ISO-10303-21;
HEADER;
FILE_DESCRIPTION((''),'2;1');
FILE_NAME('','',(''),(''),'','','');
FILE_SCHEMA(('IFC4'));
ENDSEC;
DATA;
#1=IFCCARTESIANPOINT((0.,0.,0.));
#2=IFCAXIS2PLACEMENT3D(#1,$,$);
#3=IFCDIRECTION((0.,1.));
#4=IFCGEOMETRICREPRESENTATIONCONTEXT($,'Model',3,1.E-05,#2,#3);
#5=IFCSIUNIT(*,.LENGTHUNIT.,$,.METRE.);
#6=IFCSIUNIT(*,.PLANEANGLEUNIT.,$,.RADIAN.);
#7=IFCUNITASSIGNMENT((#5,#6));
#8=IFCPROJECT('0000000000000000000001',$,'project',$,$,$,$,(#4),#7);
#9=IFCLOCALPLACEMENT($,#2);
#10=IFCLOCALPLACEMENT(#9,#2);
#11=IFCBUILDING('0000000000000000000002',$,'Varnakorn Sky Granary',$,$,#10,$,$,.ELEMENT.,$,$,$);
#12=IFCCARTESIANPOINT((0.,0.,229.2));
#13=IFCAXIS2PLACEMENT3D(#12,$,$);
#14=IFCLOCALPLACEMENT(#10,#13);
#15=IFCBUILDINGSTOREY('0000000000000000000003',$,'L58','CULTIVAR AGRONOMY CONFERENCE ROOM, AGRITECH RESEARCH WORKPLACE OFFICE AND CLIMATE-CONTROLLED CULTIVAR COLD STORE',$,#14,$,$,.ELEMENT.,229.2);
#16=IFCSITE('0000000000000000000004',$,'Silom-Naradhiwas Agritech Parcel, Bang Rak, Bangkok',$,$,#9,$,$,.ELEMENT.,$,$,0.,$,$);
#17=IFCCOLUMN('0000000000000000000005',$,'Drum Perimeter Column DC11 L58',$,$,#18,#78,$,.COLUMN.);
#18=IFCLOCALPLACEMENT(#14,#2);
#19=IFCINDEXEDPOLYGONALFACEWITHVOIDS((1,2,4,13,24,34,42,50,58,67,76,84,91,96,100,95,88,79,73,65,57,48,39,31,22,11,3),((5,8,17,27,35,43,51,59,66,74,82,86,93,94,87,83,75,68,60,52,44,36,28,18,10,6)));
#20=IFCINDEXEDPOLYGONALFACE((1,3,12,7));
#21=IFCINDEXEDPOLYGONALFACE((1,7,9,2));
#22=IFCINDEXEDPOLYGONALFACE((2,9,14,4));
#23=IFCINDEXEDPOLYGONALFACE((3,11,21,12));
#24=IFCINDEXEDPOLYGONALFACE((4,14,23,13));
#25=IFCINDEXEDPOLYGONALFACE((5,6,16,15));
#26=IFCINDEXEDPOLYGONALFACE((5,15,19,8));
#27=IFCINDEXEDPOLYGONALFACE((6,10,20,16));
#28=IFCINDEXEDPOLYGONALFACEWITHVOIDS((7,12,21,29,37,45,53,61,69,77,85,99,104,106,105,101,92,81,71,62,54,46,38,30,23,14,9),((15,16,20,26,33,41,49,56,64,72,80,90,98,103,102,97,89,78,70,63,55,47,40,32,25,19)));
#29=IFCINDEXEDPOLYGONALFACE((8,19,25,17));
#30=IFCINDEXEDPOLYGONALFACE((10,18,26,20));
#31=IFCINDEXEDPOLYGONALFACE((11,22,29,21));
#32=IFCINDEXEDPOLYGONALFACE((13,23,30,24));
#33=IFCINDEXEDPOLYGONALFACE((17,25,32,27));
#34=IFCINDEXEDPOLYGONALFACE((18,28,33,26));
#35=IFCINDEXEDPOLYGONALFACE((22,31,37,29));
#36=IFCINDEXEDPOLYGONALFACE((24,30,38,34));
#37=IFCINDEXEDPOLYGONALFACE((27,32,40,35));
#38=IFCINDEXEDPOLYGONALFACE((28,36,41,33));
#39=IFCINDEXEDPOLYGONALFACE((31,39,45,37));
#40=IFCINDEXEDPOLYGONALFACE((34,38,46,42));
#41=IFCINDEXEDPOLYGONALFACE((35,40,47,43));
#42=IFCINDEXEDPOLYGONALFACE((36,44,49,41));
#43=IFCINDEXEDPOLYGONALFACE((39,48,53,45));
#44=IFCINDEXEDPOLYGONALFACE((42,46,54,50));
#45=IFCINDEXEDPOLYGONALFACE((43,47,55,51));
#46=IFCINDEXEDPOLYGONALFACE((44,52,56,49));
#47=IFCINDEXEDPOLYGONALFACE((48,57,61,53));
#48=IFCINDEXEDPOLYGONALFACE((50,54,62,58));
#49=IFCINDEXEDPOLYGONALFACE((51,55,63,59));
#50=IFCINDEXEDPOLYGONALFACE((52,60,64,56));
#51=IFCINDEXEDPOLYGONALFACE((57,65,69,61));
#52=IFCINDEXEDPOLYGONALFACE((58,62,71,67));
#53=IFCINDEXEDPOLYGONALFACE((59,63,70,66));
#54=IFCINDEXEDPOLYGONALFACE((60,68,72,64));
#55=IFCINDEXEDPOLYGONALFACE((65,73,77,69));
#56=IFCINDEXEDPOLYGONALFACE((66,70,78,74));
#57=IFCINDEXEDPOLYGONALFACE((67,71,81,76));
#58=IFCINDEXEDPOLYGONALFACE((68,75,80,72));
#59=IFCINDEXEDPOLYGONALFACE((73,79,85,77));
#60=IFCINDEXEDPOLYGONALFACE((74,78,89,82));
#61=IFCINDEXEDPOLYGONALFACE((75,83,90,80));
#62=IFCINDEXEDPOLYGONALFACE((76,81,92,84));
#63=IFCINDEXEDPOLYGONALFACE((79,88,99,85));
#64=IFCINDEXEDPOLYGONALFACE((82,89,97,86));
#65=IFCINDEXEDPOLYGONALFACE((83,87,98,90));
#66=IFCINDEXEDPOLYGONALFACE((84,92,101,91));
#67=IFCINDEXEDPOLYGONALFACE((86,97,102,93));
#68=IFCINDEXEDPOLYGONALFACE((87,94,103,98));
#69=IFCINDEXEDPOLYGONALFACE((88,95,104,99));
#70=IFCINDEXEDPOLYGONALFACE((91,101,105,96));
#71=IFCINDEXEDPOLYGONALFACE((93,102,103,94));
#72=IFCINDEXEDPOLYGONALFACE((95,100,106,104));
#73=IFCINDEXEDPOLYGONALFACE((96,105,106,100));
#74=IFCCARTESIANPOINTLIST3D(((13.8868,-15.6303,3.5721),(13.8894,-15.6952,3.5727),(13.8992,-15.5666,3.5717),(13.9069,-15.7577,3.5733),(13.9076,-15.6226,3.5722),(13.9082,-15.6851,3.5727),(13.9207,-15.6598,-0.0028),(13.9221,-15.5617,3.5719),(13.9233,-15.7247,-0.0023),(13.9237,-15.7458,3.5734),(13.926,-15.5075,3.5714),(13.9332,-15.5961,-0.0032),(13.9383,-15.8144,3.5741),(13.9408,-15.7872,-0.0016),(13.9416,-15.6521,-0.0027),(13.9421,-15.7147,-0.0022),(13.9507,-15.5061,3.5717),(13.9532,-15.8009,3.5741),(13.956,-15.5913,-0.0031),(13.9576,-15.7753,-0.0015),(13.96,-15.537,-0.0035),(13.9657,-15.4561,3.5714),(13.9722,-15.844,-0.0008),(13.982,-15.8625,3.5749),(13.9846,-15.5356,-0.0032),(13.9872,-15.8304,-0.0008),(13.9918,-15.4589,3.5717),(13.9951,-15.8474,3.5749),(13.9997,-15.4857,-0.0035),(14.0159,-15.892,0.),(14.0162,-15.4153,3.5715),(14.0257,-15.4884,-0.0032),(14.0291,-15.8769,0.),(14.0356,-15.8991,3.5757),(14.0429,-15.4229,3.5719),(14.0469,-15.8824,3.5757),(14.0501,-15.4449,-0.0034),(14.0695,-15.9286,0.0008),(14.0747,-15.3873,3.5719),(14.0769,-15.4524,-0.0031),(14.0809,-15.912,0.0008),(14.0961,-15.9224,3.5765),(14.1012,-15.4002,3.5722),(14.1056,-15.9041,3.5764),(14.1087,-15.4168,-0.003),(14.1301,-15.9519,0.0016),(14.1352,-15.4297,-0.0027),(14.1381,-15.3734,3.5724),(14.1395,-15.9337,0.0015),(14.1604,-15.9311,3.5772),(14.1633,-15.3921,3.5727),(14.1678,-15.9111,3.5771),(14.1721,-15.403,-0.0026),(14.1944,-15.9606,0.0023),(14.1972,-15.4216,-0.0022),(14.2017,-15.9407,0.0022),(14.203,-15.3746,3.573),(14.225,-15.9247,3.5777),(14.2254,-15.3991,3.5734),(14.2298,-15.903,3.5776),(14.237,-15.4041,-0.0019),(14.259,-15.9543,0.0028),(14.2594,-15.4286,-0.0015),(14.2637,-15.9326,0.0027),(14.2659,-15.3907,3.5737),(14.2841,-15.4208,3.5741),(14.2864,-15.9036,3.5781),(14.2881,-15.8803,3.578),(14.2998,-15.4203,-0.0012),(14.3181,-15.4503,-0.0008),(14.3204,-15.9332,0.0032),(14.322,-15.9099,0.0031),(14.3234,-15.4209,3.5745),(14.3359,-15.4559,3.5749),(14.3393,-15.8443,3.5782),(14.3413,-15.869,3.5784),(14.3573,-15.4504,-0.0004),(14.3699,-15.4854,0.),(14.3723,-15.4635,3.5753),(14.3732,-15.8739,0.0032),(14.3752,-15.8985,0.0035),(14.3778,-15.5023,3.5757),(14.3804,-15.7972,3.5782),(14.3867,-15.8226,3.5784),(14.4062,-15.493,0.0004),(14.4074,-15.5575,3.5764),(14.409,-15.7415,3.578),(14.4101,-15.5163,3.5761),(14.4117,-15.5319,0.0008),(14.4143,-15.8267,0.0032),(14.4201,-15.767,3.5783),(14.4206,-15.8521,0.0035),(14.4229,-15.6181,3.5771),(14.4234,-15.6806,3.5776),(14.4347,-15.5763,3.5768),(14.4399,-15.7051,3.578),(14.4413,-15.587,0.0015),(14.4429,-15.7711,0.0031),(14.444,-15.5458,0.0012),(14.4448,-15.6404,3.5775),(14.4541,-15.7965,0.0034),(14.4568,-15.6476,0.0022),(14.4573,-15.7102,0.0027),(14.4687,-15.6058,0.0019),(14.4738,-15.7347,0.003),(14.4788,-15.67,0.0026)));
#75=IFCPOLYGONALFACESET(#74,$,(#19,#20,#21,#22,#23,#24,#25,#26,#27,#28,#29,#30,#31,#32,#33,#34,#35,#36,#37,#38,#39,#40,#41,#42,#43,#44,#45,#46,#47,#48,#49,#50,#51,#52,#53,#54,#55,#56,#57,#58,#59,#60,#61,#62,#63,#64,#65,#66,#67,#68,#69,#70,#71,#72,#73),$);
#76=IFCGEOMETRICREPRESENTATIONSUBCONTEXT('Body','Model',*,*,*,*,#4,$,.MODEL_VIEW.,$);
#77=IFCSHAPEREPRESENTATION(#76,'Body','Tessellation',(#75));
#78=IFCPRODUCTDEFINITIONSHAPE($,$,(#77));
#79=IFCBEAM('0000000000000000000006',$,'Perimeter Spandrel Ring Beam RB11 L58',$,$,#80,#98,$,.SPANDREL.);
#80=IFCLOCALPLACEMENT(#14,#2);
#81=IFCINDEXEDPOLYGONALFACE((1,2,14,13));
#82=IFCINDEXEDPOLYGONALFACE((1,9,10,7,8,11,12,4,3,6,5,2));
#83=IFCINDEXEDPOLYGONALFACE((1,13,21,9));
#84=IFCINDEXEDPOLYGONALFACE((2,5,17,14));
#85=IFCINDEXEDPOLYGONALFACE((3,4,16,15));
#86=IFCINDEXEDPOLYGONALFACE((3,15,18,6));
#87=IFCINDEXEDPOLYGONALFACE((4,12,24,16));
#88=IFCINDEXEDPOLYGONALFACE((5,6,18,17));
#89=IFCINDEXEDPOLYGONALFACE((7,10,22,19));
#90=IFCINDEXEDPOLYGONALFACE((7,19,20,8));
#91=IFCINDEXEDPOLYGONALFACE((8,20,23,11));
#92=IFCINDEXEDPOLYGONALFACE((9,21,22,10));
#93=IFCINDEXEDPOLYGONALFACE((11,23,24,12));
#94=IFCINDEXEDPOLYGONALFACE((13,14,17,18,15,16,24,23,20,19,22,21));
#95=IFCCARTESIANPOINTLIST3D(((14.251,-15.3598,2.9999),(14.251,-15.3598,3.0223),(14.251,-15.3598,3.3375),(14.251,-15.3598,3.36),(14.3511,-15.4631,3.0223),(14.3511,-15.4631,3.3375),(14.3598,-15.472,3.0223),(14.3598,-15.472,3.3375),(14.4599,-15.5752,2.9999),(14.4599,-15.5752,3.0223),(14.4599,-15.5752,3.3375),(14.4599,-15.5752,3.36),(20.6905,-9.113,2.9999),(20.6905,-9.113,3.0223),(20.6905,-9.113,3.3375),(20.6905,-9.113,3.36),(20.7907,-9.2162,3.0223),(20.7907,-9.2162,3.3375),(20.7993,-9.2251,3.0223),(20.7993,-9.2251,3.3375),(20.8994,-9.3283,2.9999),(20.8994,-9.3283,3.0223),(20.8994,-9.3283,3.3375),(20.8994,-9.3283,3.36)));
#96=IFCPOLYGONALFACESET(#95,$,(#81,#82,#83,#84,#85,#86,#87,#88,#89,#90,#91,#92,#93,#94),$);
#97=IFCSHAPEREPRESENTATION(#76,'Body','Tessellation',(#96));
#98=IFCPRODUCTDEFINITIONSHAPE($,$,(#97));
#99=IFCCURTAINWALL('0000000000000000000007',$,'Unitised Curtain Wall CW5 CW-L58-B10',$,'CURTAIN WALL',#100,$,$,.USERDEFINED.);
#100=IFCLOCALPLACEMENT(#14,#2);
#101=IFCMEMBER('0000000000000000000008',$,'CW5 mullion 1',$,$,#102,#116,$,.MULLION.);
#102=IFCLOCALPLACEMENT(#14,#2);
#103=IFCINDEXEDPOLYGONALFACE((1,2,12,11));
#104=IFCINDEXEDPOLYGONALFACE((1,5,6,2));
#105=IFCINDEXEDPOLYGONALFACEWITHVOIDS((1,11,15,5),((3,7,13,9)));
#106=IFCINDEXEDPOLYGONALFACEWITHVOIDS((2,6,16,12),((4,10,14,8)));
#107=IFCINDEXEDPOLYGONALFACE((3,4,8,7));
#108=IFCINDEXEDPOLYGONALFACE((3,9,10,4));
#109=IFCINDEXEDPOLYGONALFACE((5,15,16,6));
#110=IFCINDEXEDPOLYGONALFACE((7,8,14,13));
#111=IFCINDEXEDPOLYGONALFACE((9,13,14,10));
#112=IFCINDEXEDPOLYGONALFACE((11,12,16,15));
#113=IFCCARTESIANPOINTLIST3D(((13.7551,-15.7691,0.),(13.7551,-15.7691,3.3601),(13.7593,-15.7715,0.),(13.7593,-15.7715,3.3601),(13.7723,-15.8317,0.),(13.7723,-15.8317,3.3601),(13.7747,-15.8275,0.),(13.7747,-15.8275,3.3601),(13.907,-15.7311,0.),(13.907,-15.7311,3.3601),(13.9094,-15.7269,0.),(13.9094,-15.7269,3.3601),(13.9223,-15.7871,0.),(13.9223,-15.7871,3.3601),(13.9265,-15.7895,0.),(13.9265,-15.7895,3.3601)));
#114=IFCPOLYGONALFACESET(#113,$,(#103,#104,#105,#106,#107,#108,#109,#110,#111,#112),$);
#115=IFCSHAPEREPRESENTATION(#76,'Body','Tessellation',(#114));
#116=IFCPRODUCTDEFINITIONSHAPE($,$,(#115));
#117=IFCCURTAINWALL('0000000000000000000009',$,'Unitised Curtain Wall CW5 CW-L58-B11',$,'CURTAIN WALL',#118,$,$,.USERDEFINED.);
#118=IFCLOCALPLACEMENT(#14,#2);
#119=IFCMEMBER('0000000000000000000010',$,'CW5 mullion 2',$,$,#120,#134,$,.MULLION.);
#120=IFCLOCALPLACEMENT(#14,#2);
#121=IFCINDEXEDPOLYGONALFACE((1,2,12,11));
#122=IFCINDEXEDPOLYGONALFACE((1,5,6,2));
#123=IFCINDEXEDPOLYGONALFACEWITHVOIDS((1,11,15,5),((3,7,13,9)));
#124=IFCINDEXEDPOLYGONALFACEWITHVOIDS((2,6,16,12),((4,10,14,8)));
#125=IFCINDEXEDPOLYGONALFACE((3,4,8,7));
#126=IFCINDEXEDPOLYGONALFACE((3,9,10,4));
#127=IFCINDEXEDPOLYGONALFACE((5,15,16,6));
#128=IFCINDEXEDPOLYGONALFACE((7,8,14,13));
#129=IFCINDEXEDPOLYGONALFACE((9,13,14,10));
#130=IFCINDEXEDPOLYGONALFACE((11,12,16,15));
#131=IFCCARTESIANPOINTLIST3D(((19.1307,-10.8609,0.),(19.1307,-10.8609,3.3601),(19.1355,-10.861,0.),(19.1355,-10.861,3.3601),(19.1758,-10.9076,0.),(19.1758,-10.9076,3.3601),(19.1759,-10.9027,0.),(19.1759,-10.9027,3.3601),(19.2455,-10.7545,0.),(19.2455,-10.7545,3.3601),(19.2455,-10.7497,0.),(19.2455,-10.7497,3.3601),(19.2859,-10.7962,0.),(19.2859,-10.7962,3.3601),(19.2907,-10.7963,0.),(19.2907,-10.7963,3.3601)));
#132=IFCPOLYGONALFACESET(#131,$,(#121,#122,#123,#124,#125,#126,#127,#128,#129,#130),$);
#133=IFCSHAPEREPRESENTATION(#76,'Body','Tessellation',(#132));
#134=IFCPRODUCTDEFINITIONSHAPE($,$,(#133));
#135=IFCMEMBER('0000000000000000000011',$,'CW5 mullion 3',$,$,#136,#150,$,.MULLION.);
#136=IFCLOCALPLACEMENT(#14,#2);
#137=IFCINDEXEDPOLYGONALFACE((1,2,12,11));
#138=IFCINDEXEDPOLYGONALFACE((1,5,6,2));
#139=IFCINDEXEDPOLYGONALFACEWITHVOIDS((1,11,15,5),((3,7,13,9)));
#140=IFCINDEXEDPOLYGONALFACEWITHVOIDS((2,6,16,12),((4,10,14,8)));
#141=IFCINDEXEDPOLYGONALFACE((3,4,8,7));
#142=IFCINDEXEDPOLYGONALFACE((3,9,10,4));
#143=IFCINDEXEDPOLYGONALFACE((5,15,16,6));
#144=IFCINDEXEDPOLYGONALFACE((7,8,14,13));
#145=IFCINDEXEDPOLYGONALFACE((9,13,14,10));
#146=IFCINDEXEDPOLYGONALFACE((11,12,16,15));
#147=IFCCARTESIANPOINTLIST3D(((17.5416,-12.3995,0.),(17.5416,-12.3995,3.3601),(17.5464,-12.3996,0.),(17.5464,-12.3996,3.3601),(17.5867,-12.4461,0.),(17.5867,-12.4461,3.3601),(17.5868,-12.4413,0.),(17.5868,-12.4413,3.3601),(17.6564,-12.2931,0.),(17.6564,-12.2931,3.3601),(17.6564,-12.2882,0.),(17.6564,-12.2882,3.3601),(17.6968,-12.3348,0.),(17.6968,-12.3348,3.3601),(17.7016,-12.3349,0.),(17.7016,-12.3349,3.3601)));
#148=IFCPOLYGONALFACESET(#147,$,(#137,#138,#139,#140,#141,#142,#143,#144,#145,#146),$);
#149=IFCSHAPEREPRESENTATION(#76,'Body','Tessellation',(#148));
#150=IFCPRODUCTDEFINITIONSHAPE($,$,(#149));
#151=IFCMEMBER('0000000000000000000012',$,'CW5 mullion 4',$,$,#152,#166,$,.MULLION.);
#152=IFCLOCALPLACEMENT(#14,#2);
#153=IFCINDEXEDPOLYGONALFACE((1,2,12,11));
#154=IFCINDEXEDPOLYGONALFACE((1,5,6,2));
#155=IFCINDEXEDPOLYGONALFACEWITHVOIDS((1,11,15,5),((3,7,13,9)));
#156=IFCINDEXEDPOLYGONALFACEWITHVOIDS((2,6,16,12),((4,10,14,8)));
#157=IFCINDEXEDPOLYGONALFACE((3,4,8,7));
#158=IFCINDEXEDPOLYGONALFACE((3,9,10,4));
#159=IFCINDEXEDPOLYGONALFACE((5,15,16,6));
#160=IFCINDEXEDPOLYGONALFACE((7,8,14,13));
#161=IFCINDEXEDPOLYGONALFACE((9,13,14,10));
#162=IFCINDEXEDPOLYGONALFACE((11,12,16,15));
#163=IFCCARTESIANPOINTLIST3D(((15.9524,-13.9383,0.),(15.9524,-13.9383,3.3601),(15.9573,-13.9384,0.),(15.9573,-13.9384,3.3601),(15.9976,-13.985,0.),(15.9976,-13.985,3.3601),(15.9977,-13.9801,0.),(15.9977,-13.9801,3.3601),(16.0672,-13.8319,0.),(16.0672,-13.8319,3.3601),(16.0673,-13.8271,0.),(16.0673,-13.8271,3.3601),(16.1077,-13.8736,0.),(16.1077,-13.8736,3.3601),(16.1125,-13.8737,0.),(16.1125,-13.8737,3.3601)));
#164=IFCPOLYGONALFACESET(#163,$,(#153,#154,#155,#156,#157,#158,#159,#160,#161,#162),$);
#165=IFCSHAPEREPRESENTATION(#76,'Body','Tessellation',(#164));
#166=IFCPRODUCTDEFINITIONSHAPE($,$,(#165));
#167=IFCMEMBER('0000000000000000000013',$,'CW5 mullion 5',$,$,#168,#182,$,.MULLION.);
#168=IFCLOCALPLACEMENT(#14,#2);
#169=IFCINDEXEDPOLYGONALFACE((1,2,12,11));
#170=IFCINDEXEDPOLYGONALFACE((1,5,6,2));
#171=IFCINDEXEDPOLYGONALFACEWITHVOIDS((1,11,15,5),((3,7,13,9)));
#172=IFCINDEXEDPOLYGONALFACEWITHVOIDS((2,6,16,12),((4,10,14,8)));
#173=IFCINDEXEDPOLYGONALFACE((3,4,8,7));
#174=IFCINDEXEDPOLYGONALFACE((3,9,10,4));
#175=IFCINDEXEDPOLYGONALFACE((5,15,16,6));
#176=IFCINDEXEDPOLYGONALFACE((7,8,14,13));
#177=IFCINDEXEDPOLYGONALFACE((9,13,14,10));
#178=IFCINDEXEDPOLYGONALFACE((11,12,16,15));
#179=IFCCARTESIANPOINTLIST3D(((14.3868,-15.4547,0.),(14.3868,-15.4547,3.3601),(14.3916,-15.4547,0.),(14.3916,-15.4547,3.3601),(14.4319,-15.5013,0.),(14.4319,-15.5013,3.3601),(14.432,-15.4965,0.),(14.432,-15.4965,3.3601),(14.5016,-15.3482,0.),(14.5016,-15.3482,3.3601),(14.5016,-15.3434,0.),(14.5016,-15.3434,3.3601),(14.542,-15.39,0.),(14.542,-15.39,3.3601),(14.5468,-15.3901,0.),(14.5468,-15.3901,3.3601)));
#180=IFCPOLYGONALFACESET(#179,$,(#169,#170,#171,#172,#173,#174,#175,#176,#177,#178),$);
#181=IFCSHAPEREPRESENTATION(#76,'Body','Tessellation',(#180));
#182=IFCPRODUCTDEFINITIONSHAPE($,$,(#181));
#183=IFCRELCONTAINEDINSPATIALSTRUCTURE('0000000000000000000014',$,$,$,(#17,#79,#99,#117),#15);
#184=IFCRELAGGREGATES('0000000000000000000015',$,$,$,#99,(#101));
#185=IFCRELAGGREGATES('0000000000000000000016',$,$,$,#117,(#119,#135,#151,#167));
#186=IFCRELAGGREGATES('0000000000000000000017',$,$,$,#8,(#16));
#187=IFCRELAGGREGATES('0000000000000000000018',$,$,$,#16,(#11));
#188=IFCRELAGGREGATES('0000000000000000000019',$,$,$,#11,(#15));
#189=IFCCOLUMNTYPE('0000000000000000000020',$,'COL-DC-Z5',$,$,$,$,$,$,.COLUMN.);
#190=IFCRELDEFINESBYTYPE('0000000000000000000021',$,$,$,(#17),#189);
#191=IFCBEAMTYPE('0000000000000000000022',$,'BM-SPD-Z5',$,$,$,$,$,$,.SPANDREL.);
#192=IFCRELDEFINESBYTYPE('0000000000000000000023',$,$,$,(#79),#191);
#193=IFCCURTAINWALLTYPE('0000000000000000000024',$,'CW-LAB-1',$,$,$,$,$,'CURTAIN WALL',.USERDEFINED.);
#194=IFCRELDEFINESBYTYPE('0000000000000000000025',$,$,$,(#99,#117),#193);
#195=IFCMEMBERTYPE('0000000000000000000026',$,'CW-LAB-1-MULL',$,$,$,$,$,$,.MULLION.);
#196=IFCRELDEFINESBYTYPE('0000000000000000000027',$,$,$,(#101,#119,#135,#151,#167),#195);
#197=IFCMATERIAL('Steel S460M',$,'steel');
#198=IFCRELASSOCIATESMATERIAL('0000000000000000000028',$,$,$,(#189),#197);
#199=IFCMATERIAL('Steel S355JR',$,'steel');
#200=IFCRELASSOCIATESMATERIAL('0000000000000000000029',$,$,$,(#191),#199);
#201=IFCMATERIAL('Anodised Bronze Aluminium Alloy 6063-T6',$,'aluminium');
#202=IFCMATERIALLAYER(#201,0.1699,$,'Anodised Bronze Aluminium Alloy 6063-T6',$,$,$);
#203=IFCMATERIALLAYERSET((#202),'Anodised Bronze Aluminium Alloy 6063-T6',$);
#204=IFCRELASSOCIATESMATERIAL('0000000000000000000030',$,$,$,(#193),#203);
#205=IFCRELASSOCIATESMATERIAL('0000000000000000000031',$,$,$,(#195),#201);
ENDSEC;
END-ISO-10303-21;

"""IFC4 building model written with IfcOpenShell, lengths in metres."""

from ifc_helpers import new_model, si_unit, direction, frame, origin, origin_2d, place, context, subcontext, project, spatial, hollow_rectangle, hollow_circle, i_section, extrude, material, layer, layer_set, material_profile, profile_set, type_object, element, aggregate, save


model = new_model("IFC4")

# Units and contexts
model_context = context("Model", 3, precision=1e-05, world=origin(), true_north=direction((0.0, 1.0)))
body_context = subcontext(model_context, "Body", "Model", "MODEL_VIEW")
ifc_project = project(units=[si_unit("LENGTHUNIT", "METRE"), si_unit("PLANEANGLEUNIT", "RADIAN")], contexts=[model_context])

# Site, building, storey
site_placement = place(None, origin())
site = spatial("IfcSite", under=ifc_project, at=site_placement, Name="Silom-Naradhiwas Agritech Parcel, Bang Rak, Bangkok", CompositionType="ELEMENT", RefElevation=0.0)
building_placement = place(site_placement, origin())
building = spatial("IfcBuilding", under=site, at=building_placement, Name="Varnakorn Sky Granary", CompositionType="ELEMENT")
storey_placement = place(building_placement, frame((0.0, 0.0, 229.2)))
storey = spatial("IfcBuildingStorey", under=building, at=storey_placement, Name="L58", Description="CULTIVAR AGRONOMY CONFERENCE ROOM, AGRITECH RESEARCH WORKPLACE OFFICE AND CLIMATE-CONTROLLED CULTIVAR COLD STORE", CompositionType="ELEMENT", Elevation=229.2)

# Column
ifc_material_1 = material(Name="Steel S460M", Category="steel")
ifc_material_profile_1 = material_profile(ifc_material_1, hollow_circle(Radius=0.2795, WallThickness=0.02, at=origin_2d()), Name="CHS 559x20")
ifc_profile_set_1 = profile_set([ifc_material_profile_1], Name="Steel S460M")
column_type = type_object("IfcColumnType", Name="COL-DC-Z5", PredefinedType="COLUMN", material=ifc_profile_set_1)
column_placement = place(storey_placement, frame((14.1995, -15.6812, 0.0), z_axis=(-0.009492, 0.008263, 0.999921), x_axis=(-0.656582, -0.754255, 0.0)))
element("IfcColumn", 1, at=column_placement, inside=storey, type_object=column_type, Name="Drum Perimeter Column DC11 L58", PredefinedType="COLUMN", context=body_context, shape_type="SweptSolid", body=[
    extrude(hollow_circle(Radius=0.2795, WallThickness=0.02, at=origin_2d()), origin(), (0.0, 0.0, 1.0), 3.5752),
])

# Beam
ifc_material_2 = material(Name="Steel S355JR", Category="steel")
ifc_material_profile_2 = material_profile(ifc_material_2, i_section(OverallWidth=0.3, OverallDepth=0.3601, WebThickness=0.0125, FlangeThickness=0.0225, at=origin_2d()), Name="HE 360 B")
ifc_profile_set_2 = profile_set([ifc_material_profile_2], Name="Steel S355JR")
beam_type = type_object("IfcBeamType", Name="BM-SPD-Z5", PredefinedType="SPANDREL", material=ifc_profile_set_2)
beam_placement = place(storey_placement, frame((14.3555, -15.4675, 3.1799), z_axis=(0.717761, 0.69629, 0.0), x_axis=(-0.69629, 0.717761, 0.0)))
element("IfcBeam", 2, at=beam_placement, inside=storey, type_object=beam_type, Name="Perimeter Spandrel Ring Beam RB11 L58", PredefinedType="SPANDREL", context=body_context, shape_type="SweptSolid", body=[
    extrude(i_section(OverallWidth=0.3, OverallDepth=0.3601, WebThickness=0.0125, FlangeThickness=0.0225, at=origin_2d()), origin(), (0.0, 0.0, 1.0), 8.9717),
])

# Curtain wall, member
ifc_material_3 = material(Name="Anodised Bronze Aluminium Alloy 6063-T6", Category="aluminium")
ifc_layer_1 = layer(ifc_material_3, 0.1699, Name="Anodised Bronze Aluminium Alloy 6063-T6")
ifc_layer_set_1 = layer_set([ifc_layer_1], Name="Anodised Bronze Aluminium Alloy 6063-T6")
curtain_wall_type = type_object("IfcCurtainWallType", Name="CW-LAB-1", ElementType="CURTAIN WALL", PredefinedType="USERDEFINED", material=ifc_layer_set_1)
curtain_wall_1_placement = place(storey_placement, origin())
curtain_wall_1 = element("IfcCurtainWall", 3, at=curtain_wall_1_placement, inside=storey, type_object=curtain_wall_type, Name="Unitised Curtain Wall CW5 CW-L58-B10", ObjectType="CURTAIN WALL", PredefinedType="USERDEFINED")
ifc_material_profile_3 = material_profile(ifc_material_3, hollow_rectangle(XDim=0.0649, YDim=0.1599, WallThickness=0.0034, at=origin_2d()), Name="ALU MULL 65x160")
ifc_profile_set_3 = profile_set([ifc_material_profile_3], Name="Anodised Bronze Aluminium Alloy 6063-T6")
member_type_1 = type_object("IfcMemberType", Name="CW-LAB-1-MULL", PredefinedType="MULLION", material=ifc_profile_set_3)
member_1_placement = place(storey_placement, frame((13.8408, -15.7793, 0.0), z_axis=(0.0, 0.0, 1.0), x_axis=(0.264172, -0.964476, 0.0)))
member_1 = element("IfcMember", 4, at=member_1_placement, type_object=member_type_1, Name="CW5 mullion 1", PredefinedType="MULLION", context=body_context, shape_type="SweptSolid", body=[
    extrude(hollow_rectangle(XDim=0.0649, YDim=0.1599, WallThickness=0.0034, at=origin_2d()), origin(), (0.0, 0.0, 1.0), 3.3601),
])

# Curtain wall, members
curtain_wall_2_placement = place(storey_placement, origin())
curtain_wall_2 = element("IfcCurtainWall", 5, at=curtain_wall_2_placement, inside=storey, type_object=curtain_wall_type, Name="Unitised Curtain Wall CW5 CW-L58-B11", ObjectType="CURTAIN WALL", PredefinedType="USERDEFINED")
member_2_placement = place(storey_placement, frame((19.2107, -10.8286, 0.0), z_axis=(0.0, 0.0, 1.0), x_axis=(0.69564, -0.71839, 0.0)))
member_2 = element("IfcMember", 6, at=member_2_placement, type_object=member_type_1, Name="CW5 mullion 2", PredefinedType="MULLION", context=body_context, shape_type="SweptSolid", body=[
    extrude(hollow_rectangle(XDim=0.0649, YDim=0.1599, WallThickness=0.0034, at=origin_2d()), origin(), (0.0, 0.0, 1.0), 3.3601),
])
member_3_placement = place(storey_placement, frame((17.6216, -12.3672, 0.0), z_axis=(0.0, 0.0, 1.0), x_axis=(0.69564, -0.71839, 0.0)))
member_3 = element("IfcMember", 7, at=member_3_placement, type_object=member_type_1, Name="CW5 mullion 3", PredefinedType="MULLION", context=body_context, shape_type="SweptSolid", body=[
    extrude(hollow_rectangle(XDim=0.0649, YDim=0.1599, WallThickness=0.0034, at=origin_2d()), origin(), (0.0, 0.0, 1.0), 3.3601),
])
member_4_placement = place(storey_placement, frame((16.0325, -13.906, 0.0), z_axis=(0.0, 0.0, 1.0), x_axis=(0.69564, -0.71839, 0.0)))
member_4 = element("IfcMember", 8, at=member_4_placement, type_object=member_type_1, Name="CW5 mullion 4", PredefinedType="MULLION", context=body_context, shape_type="SweptSolid", body=[
    extrude(hollow_rectangle(XDim=0.0649, YDim=0.1599, WallThickness=0.0034, at=origin_2d()), origin(), (0.0, 0.0, 1.0), 3.3601),
])
member_5_placement = place(storey_placement, frame((14.4668, -15.4224, 0.0), z_axis=(0.0, 0.0, 1.0), x_axis=(0.69564, -0.71839, 0.0)))
member_5 = element("IfcMember", 9, at=member_5_placement, type_object=member_type_1, Name="CW5 mullion 5", PredefinedType="MULLION", context=body_context, shape_type="SweptSolid", body=[
    extrude(hollow_rectangle(XDim=0.0649, YDim=0.1599, WallThickness=0.0034, at=origin_2d()), origin(), (0.0, 0.0, 1.0), 3.3601),
])

aggregate(curtain_wall_1, [member_1])

aggregate(curtain_wall_2, [member_2, member_3, member_4, member_5])

save(model, "model.ifc")
